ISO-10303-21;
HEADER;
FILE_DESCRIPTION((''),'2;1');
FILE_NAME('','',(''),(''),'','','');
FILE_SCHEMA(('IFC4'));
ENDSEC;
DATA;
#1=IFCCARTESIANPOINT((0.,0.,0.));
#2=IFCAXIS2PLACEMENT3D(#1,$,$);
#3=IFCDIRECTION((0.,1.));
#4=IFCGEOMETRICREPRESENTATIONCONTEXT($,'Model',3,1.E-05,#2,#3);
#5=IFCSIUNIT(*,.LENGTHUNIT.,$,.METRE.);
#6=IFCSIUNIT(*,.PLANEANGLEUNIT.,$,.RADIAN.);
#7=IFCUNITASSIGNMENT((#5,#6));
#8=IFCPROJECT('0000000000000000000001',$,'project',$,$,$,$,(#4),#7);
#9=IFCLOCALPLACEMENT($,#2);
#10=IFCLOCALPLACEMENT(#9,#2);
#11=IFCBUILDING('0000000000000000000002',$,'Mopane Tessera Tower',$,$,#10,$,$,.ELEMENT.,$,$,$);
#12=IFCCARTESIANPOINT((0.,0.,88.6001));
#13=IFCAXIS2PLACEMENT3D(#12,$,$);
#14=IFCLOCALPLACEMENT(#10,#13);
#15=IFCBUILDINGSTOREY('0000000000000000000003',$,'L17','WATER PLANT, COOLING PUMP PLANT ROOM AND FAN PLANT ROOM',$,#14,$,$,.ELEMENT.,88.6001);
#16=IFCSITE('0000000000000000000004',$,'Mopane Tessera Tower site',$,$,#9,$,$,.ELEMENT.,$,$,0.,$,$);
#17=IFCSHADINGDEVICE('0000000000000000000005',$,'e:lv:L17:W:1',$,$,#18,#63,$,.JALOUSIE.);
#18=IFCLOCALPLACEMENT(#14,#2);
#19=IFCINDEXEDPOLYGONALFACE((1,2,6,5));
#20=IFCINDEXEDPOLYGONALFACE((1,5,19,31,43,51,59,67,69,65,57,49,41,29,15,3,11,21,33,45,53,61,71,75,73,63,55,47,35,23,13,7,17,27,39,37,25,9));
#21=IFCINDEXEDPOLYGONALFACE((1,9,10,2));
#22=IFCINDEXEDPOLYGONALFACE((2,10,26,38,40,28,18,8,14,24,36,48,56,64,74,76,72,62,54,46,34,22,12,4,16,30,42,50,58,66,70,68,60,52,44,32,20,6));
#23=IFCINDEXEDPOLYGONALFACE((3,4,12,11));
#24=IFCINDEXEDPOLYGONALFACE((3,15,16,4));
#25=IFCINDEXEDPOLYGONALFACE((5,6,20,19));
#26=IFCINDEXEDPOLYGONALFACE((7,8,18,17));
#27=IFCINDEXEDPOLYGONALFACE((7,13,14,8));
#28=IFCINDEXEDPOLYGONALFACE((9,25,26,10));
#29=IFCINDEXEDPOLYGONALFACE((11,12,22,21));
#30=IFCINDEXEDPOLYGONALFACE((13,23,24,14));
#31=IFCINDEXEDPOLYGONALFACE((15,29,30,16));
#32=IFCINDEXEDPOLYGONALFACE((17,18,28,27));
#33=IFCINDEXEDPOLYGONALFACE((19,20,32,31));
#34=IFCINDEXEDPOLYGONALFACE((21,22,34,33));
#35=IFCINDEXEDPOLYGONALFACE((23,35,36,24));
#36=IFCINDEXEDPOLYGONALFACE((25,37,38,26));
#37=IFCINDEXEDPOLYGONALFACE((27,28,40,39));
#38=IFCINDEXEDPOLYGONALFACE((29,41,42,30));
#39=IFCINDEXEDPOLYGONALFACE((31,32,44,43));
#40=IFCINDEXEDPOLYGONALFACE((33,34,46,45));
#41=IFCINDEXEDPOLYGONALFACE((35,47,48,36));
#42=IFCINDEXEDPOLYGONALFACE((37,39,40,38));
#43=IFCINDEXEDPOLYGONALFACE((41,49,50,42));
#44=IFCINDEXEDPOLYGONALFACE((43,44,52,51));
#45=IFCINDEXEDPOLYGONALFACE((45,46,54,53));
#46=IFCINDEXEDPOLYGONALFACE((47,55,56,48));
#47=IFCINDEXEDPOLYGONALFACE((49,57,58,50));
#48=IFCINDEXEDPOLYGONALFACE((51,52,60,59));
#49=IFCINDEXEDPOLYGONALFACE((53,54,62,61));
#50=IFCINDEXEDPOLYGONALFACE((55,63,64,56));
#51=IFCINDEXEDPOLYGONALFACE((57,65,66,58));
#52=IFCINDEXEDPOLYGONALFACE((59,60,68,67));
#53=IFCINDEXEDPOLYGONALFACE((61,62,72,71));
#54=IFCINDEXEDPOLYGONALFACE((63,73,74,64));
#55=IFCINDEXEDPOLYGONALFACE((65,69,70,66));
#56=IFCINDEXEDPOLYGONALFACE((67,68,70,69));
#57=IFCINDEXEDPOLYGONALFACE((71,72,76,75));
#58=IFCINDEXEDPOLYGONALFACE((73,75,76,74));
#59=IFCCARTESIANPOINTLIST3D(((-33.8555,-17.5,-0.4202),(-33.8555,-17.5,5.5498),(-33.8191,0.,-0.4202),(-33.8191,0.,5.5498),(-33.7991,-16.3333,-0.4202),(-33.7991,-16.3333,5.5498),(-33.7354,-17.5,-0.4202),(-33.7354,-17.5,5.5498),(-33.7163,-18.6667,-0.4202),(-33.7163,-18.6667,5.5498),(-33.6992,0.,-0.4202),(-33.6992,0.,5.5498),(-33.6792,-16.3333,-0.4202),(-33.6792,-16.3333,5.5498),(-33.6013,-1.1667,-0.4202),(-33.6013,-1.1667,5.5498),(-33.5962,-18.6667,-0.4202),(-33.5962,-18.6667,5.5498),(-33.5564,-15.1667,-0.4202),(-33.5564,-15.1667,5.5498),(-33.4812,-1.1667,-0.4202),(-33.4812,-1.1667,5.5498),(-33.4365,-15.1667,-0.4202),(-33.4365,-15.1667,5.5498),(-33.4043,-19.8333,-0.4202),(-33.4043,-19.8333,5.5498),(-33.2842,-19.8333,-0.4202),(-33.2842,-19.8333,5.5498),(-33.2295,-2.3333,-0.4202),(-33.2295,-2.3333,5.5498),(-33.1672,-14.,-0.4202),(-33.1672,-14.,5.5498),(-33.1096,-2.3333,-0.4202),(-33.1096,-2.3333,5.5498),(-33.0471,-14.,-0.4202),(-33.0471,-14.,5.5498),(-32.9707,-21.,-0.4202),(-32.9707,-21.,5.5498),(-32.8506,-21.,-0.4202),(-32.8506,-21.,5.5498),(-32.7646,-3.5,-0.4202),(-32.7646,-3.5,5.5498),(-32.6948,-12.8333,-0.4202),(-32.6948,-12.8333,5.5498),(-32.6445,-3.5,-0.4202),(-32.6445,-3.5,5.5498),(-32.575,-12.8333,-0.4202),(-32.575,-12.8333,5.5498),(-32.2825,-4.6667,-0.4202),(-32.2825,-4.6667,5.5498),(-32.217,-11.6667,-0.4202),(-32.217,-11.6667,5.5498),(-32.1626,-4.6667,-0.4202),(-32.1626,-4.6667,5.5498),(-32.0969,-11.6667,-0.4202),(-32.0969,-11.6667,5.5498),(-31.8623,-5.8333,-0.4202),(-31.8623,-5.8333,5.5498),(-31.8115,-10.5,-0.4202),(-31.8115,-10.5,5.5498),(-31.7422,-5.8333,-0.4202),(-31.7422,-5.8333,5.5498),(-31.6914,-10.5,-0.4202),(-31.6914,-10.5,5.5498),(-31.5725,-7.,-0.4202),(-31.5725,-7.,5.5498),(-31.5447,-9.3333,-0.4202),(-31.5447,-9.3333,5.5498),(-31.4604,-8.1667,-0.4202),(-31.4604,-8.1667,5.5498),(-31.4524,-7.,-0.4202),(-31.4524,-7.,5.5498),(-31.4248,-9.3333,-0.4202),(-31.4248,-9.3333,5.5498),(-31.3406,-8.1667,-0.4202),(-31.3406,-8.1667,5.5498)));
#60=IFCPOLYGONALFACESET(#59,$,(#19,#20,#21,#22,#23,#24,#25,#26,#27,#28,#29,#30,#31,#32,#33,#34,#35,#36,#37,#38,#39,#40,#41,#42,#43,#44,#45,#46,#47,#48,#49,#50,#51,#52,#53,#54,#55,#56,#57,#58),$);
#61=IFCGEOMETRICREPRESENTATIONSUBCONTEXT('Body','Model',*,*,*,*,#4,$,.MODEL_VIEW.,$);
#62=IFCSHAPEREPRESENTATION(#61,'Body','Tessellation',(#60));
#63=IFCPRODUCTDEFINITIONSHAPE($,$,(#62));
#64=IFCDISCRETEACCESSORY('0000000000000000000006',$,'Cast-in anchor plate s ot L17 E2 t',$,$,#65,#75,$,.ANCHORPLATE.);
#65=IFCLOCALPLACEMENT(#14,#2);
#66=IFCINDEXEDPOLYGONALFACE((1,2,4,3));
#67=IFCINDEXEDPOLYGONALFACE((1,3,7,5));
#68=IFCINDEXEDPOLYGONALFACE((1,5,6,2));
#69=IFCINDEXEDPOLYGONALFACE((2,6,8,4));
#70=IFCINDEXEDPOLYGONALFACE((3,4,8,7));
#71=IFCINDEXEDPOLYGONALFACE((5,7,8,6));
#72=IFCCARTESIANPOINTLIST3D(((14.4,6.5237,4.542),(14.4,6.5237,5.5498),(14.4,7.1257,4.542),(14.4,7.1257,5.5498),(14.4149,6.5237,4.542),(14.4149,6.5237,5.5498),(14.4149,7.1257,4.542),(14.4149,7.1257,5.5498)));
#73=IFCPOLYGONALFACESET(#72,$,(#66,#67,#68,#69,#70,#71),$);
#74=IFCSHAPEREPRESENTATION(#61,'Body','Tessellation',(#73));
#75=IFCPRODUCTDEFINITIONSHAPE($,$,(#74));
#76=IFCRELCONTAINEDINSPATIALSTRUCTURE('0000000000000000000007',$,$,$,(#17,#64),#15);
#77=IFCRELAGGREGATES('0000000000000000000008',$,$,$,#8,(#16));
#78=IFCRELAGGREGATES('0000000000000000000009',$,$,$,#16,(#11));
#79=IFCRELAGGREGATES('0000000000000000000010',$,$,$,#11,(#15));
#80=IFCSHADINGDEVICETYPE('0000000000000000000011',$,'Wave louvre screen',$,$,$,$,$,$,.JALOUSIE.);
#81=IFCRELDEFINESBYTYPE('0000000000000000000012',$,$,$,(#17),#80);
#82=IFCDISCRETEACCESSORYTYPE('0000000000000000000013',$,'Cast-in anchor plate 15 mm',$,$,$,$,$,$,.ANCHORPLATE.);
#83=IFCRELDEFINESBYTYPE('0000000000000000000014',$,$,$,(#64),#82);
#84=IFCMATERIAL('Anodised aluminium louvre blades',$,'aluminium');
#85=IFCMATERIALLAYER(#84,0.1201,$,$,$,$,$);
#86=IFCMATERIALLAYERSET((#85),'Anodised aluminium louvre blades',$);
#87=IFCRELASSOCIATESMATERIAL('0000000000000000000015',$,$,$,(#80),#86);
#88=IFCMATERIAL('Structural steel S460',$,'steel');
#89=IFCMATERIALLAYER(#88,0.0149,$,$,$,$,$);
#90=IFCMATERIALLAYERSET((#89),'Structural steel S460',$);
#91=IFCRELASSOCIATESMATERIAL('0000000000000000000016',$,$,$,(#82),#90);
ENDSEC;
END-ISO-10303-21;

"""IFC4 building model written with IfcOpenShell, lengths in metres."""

from ifc_helpers import new_model, si_unit, direction, frame, origin, origin_2d, place, context, subcontext, project, spatial, polyline, rectangle, outline, extrude, material, layer, layer_set, type_object, element, save


model = new_model("IFC4")

# Units and contexts
model_context = context("Model", 3, precision=1e-05, world=origin(), true_north=direction((0.0, 1.0)))
body_context = subcontext(model_context, "Body", "Model", "MODEL_VIEW")
ifc_project = project(units=[si_unit("LENGTHUNIT", "METRE"), si_unit("PLANEANGLEUNIT", "RADIAN")], contexts=[model_context])

# Site, building, storey
site_placement = place(None, origin())
site = spatial("IfcSite", under=ifc_project, at=site_placement, Name="Mopane Tessera Tower site", CompositionType="ELEMENT", RefElevation=0.0)
building_placement = place(site_placement, origin())
building = spatial("IfcBuilding", under=site, at=building_placement, Name="Mopane Tessera Tower", CompositionType="ELEMENT")
storey_placement = place(building_placement, frame((0.0, 0.0, 88.6001)))
storey = spatial("IfcBuildingStorey", under=building, at=storey_placement, Name="L17", Description="WATER PLANT, COOLING PUMP PLANT ROOM AND FAN PLANT ROOM", CompositionType="ELEMENT", Elevation=88.6001)

# Shading device
ifc_material_1 = material(Name="Anodised aluminium louvre blades", Category="aluminium")
ifc_layer_1 = layer(ifc_material_1, 0.1201)
ifc_layer_set_1 = layer_set([ifc_layer_1], Name="Anodised aluminium louvre blades")
shading_device_type = type_object("IfcShadingDeviceType", Name="Wave louvre screen", PredefinedType="JALOUSIE", material=ifc_layer_set_1)
shading_device_1_placement = place(storey_placement, frame((0.0, 0.0, -0.4202)))
element("IfcShadingDevice", 1, at=shading_device_1_placement, inside=storey, type_object=shading_device_type, Name="e:lv:L17:W:1", PredefinedType="JALOUSIE", context=body_context, shape_type="SweptSolid", body=[
    extrude(outline(polyline([(-33.6992, 0.0), (-33.4812, -1.1667), (-33.1096, -2.3333), (-32.6445, -3.5), (-32.1626, -4.6667), (-31.7422, -5.8333), (-31.4524, -7.0), (-31.3406, -8.1667), (-31.4248, -9.3333), (-31.6914, -10.5), (-32.0969, -11.6667), (-32.575, -12.8333), (-33.0471, -14.0), (-33.4365, -15.1667), (-33.6792, -16.3333), (-33.7354, -17.5), (-33.5962, -18.6667), (-33.2842, -19.8333), (-32.8506, -21.0), (-32.9707, -21.0), (-33.4043, -19.8333), (-33.7163, -18.6667), (-33.8555, -17.5), (-33.7991, -16.3333), (-33.5564, -15.1667), (-33.1672, -14.0), (-32.6948, -12.8333), (-32.217, -11.6667), (-31.8115, -10.5), (-31.5447, -9.3333), (-31.4604, -8.1667), (-31.5725, -7.0), (-31.8623, -5.8333), (-32.2825, -4.6667), (-32.7646, -3.5), (-33.2295, -2.3333), (-33.6013, -1.1667), (-33.8191, 0.0), (-33.6992, 0.0)])), origin(), (0.0, 0.0, 1.0), 5.97),
])

# Discrete accessory
ifc_material_2 = material(Name="Structural steel S460", Category="steel")
ifc_layer_2 = layer(ifc_material_2, 0.0149)
ifc_layer_set_2 = layer_set([ifc_layer_2], Name="Structural steel S460")
discrete_accessory_type = type_object("IfcDiscreteAccessoryType", Name="Cast-in anchor plate 15 mm", PredefinedType="ANCHORPLATE", material=ifc_layer_set_2)
discrete_accessory_placement = place(storey_placement, frame((14.4075, 6.8247, 4.542), z_axis=(0.0, 0.0, 1.0), x_axis=(1.0, 0.0, 0.0)))
element("IfcDiscreteAccessory", 2, at=discrete_accessory_placement, inside=storey, type_object=discrete_accessory_type, Name="Cast-in anchor plate s ot L17 E2 t", PredefinedType="ANCHORPLATE", context=body_context, shape_type="SweptSolid", body=[
    extrude(rectangle(XDim=0.0149, YDim=0.6021, at=origin_2d()), origin(), (0.0, 0.0, 1.0), 1.0078),
])

save(model, "model.ifc")
